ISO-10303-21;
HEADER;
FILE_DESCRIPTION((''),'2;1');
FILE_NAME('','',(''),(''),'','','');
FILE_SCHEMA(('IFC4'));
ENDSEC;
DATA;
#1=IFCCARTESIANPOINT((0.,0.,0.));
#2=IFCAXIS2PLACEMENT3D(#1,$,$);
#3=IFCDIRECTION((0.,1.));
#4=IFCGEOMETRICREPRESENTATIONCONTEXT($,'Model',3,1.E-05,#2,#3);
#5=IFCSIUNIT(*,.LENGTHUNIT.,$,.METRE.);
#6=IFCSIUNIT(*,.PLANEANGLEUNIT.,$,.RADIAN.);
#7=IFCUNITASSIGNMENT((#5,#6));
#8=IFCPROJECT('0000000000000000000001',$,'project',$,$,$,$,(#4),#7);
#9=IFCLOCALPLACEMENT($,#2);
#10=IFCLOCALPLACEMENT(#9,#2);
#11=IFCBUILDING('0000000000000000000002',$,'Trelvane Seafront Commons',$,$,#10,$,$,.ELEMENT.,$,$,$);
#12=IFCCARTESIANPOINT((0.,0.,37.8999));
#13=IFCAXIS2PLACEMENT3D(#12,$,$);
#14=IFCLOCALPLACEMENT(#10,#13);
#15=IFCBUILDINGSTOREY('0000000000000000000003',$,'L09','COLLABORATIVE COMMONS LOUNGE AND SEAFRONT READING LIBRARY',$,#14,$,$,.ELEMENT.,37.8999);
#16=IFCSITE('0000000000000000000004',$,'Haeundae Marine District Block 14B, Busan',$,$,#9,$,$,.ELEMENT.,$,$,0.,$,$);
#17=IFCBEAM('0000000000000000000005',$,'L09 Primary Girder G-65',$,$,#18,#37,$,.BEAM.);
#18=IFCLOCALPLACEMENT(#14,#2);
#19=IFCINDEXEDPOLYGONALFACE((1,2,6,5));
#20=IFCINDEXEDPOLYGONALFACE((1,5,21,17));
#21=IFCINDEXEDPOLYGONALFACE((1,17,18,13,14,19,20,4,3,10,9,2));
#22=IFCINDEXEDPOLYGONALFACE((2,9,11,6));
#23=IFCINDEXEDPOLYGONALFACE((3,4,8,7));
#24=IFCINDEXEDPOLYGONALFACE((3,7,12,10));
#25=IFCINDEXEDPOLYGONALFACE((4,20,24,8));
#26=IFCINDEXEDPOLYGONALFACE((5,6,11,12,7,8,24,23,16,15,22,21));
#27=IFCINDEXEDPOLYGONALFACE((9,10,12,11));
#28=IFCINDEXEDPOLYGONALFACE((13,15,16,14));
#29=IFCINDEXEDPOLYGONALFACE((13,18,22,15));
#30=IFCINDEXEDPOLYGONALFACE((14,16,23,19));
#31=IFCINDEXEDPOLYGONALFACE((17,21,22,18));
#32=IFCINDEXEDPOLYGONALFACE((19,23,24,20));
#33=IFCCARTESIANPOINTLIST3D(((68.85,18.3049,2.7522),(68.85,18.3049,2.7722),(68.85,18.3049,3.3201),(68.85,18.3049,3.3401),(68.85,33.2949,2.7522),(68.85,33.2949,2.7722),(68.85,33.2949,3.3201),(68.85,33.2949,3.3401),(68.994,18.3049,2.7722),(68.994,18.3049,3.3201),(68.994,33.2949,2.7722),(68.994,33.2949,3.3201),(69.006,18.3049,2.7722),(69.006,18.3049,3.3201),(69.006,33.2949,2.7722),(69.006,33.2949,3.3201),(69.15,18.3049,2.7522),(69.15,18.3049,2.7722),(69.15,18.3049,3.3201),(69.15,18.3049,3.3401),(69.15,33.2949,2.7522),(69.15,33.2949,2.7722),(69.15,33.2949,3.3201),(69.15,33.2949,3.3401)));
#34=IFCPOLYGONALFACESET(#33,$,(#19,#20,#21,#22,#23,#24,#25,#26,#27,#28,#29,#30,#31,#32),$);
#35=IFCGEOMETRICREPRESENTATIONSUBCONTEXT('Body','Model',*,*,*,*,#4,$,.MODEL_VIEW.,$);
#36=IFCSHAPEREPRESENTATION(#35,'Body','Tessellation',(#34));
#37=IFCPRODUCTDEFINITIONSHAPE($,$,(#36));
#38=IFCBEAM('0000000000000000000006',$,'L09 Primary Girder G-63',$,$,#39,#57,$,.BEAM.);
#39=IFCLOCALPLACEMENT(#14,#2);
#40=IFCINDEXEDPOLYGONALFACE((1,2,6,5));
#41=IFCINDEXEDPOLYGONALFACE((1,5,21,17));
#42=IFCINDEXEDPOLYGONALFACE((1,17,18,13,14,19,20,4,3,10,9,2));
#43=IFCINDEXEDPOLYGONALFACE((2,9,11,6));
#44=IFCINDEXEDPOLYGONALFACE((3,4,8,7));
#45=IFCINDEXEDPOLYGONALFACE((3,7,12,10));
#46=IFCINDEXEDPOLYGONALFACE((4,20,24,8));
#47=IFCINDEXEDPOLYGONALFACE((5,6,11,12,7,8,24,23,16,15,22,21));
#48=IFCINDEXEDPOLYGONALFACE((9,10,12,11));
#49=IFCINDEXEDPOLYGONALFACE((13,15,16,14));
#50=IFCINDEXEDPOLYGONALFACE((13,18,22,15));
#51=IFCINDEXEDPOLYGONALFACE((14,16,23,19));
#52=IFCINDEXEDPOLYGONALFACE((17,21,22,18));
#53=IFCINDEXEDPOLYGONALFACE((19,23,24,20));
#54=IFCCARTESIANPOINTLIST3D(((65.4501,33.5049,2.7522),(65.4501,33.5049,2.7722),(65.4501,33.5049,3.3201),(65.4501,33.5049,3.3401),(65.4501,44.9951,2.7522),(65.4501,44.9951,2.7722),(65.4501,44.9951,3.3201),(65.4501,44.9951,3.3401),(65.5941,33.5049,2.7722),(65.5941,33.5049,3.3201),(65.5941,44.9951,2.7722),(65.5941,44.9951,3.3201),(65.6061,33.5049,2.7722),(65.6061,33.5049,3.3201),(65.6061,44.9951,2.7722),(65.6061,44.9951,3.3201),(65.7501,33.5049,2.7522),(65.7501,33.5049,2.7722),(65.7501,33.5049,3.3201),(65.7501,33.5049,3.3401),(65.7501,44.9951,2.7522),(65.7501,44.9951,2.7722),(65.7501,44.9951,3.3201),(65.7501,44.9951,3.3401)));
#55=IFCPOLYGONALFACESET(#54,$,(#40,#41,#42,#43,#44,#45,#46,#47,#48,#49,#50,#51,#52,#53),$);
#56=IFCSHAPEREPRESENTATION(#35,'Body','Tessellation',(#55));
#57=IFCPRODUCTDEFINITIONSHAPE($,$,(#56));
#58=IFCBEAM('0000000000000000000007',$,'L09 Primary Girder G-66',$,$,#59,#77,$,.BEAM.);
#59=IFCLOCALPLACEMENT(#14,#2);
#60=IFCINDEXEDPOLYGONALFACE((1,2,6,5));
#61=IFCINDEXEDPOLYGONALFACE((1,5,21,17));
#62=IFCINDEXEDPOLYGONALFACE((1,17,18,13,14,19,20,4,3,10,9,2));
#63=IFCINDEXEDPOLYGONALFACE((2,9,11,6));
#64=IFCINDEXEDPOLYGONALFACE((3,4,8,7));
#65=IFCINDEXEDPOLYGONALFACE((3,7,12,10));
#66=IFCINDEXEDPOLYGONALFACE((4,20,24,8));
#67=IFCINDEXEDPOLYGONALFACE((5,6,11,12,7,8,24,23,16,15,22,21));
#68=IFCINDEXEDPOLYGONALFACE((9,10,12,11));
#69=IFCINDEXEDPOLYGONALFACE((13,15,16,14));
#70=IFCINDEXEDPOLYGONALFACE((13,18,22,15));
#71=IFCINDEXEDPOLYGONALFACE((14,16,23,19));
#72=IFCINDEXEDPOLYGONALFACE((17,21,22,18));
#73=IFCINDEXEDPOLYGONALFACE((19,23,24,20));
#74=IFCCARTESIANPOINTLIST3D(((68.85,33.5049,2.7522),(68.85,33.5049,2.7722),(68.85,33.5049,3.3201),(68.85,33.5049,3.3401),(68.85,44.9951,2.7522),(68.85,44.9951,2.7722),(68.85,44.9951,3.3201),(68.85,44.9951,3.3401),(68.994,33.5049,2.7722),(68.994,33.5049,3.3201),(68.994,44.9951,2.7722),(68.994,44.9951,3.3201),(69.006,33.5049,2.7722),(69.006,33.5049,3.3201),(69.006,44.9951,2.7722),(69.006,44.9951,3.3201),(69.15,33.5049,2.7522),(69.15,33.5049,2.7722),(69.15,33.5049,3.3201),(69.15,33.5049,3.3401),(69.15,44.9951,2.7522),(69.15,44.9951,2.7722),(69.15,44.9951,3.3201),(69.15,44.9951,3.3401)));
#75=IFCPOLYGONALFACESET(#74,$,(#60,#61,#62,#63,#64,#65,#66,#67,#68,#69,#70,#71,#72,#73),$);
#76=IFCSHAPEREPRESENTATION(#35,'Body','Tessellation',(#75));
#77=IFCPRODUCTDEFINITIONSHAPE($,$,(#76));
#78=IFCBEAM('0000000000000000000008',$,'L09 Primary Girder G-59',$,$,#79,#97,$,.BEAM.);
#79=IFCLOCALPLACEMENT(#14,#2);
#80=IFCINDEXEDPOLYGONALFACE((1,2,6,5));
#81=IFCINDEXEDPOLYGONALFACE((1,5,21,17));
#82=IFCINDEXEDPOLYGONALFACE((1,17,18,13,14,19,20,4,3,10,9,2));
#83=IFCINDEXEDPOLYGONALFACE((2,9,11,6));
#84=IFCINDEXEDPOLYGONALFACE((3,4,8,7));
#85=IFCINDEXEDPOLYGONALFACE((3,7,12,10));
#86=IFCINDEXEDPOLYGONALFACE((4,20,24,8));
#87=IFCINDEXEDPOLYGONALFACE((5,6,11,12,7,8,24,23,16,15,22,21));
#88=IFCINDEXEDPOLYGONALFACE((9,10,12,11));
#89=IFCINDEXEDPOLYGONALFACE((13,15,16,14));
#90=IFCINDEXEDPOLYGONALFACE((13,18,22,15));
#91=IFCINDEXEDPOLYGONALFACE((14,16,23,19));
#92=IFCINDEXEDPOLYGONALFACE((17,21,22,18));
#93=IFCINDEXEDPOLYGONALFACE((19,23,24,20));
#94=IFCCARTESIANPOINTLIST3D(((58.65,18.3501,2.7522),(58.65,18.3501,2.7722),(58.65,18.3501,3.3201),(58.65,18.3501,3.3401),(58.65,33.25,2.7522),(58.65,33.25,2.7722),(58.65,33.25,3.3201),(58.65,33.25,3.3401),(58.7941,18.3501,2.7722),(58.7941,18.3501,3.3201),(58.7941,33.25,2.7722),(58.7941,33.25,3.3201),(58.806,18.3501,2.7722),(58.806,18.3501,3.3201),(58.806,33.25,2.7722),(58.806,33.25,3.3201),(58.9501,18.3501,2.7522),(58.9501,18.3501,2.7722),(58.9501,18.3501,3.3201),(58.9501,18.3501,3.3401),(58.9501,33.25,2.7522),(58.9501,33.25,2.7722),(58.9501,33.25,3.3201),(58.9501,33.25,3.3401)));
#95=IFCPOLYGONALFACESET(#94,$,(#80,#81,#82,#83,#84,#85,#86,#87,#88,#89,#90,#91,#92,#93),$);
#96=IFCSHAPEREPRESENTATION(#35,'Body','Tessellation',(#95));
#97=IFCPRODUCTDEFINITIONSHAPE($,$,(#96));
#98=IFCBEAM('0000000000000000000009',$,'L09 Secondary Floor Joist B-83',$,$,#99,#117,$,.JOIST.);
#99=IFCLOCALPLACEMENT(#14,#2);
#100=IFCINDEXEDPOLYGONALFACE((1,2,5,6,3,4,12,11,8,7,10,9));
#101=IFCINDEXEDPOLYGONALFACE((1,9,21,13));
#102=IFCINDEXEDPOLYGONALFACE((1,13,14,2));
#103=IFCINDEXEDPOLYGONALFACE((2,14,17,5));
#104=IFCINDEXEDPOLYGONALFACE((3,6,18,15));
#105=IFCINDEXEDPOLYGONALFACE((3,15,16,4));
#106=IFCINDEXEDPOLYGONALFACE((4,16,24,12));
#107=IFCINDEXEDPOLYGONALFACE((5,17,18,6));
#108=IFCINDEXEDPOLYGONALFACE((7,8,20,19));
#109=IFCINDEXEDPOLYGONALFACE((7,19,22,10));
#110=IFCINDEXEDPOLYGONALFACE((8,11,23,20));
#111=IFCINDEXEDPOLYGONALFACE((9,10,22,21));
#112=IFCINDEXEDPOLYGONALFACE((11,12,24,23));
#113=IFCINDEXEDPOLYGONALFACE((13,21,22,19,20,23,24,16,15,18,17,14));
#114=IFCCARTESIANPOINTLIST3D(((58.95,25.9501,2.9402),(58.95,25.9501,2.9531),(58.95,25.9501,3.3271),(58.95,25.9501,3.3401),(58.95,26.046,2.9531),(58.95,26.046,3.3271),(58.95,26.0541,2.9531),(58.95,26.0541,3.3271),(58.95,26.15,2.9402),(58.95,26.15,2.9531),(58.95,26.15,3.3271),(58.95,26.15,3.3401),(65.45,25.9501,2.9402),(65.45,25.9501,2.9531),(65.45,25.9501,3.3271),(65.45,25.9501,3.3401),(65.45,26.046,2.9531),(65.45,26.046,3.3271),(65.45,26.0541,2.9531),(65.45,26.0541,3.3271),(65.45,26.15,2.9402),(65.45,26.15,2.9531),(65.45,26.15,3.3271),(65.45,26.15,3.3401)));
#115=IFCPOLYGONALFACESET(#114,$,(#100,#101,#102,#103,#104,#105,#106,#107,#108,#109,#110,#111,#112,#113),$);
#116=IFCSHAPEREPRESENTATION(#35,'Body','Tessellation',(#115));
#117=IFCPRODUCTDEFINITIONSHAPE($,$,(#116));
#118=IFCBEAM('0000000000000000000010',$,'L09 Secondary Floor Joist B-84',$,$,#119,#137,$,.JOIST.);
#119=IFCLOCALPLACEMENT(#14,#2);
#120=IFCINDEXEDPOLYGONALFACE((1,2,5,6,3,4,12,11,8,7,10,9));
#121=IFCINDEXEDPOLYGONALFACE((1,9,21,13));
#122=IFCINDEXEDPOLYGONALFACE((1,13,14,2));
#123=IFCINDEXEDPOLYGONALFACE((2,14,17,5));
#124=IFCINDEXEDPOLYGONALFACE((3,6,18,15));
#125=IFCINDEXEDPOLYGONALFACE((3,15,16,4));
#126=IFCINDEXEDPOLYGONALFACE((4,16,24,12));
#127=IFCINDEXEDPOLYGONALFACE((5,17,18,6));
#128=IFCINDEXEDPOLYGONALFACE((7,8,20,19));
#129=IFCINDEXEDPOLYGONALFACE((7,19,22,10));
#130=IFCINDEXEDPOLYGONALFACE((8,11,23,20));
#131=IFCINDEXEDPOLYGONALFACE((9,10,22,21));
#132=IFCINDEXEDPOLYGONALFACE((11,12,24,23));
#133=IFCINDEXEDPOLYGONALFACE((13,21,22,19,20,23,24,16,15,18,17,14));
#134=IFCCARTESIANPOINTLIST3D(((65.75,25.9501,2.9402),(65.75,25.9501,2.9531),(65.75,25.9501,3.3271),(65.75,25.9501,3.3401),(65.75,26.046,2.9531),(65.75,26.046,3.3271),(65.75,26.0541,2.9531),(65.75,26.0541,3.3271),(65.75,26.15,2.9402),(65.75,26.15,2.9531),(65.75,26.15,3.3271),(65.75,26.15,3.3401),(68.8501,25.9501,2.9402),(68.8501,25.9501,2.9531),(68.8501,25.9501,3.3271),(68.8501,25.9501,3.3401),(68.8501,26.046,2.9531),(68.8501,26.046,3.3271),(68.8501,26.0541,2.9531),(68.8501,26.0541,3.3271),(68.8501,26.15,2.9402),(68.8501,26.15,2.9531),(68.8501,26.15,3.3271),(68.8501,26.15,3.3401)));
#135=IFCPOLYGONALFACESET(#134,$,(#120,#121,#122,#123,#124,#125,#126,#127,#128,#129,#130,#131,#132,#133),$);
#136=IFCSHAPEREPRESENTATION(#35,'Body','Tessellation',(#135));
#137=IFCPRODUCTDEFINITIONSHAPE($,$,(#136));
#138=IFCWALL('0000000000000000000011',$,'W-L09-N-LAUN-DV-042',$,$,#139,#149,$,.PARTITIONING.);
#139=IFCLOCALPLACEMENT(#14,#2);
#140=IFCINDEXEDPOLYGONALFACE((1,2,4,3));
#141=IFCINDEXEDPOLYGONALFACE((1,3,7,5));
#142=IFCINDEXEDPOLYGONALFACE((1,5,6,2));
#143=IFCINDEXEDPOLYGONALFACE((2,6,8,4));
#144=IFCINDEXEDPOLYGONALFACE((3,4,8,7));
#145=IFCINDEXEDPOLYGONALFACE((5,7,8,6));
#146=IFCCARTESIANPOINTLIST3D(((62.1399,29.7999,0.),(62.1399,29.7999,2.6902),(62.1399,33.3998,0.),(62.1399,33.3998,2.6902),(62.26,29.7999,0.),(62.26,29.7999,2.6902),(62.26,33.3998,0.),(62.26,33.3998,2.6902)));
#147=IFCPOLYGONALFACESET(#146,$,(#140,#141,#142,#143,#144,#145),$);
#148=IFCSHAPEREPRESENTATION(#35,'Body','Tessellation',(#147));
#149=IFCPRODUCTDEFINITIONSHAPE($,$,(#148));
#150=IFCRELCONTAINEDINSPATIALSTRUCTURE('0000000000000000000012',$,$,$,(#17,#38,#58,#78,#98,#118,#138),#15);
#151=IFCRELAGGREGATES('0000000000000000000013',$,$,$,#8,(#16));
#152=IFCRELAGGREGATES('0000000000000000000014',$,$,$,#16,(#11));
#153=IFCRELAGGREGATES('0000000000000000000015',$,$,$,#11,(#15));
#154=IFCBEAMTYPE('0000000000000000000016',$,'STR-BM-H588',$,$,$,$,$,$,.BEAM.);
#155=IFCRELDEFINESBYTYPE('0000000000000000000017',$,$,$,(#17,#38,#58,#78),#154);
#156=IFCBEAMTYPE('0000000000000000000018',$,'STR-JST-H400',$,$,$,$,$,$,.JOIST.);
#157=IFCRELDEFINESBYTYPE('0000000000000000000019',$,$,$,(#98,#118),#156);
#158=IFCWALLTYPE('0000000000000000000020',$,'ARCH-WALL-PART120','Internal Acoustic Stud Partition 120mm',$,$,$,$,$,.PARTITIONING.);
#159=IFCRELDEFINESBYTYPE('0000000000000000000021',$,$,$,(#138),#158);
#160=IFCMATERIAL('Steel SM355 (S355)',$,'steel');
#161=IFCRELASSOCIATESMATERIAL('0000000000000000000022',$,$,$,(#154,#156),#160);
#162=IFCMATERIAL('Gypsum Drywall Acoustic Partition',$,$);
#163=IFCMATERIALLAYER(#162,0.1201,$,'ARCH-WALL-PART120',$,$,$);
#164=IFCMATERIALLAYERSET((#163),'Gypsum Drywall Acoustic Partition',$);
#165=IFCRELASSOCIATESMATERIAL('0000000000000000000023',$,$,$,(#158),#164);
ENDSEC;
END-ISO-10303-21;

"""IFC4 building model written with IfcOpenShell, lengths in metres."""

from ifc_helpers import new_model, si_unit, direction, frame, frame_2d, origin, origin_2d, place, context, subcontext, project, spatial, rectangle, i_section, extrude, source, transform, mapped, material, layer, layer_set, material_profile, profile_set, type_object, element, save


model = new_model("IFC4")

# Units and contexts
model_context = context("Model", 3, precision=1e-05, world=origin(), true_north=direction((0.0, 1.0)))
body_context = subcontext(model_context, "Body", "Model", "MODEL_VIEW")
ifc_project = project(units=[si_unit("LENGTHUNIT", "METRE"), si_unit("PLANEANGLEUNIT", "RADIAN")], contexts=[model_context])

# Site, building, storey
site_placement = place(None, origin())
site = spatial("IfcSite", under=ifc_project, at=site_placement, Name="Haeundae Marine District Block 14B, Busan", CompositionType="ELEMENT", RefElevation=0.0)
building_placement = place(site_placement, origin())
building = spatial("IfcBuilding", under=site, at=building_placement, Name="Trelvane Seafront Commons", CompositionType="ELEMENT")
storey_placement = place(building_placement, frame((0.0, 0.0, 37.8999)))
storey = spatial("IfcBuildingStorey", under=building, at=storey_placement, Name="L09", Description="COLLABORATIVE COMMONS LOUNGE AND SEAFRONT READING LIBRARY", CompositionType="ELEMENT", Elevation=37.8999)

# Shared definitions
ifc_material_1 = material(Name="Steel SM355 (S355)", Category="steel")

# Beams
ifc_material_profile_1 = material_profile(ifc_material_1, i_section(OverallWidth=0.3, OverallDepth=0.5879, WebThickness=0.012, FlangeThickness=0.02, at=origin_2d()), Name="H-588x300x12x20")
ifc_profile_set_1 = profile_set([ifc_material_profile_1], Name="Steel SM355 (S355)")
beam_type_1 = type_object("IfcBeamType", Name="STR-BM-H588", PredefinedType="BEAM", material=ifc_profile_set_1)
shared_shape_1 = source(origin(), body_context, "Body", "SweptSolid", [
    extrude(i_section(OverallWidth=0.3, OverallDepth=0.5879, WebThickness=0.012, FlangeThickness=0.02, at=origin_2d()), origin(), (0.0, 0.0, 1.0), 14.99),
])
for number, where, z_axis, x_axis, name in (
    (1, (69.0, 18.3049, 3.0461), (0.0, 1.0, 0.0), (-1.0, 0.0, 0.0), "L09 Primary Girder G-65"),
):
    element("IfcBeam", number, at=place(storey_placement, frame(where, z_axis=z_axis, x_axis=x_axis)), inside=storey, type_object=beam_type_1, Name=name, PredefinedType="BEAM", context=body_context, shape_type="MappedRepresentation", body=[
        mapped(shared_shape_1, transform((0.0, 0.0, 0.0), x_axis=(1.0, 0.0, 0.0), y_axis=(0.0, 1.0, 0.0), z_axis=(0.0, 0.0, 1.0), scale=1.0)),
    ])
shared_shape_2 = source(origin(), body_context, "Body", "SweptSolid", [
    extrude(i_section(OverallWidth=0.3, OverallDepth=0.5879, WebThickness=0.012, FlangeThickness=0.02, at=origin_2d()), origin(), (0.0, 0.0, 1.0), 11.4902),
])
for number, where, z_axis, x_axis, name in (
    (2, (65.6001, 33.5049, 3.0461), (0.0, 1.0, 0.0), (-1.0, 0.0, 0.0), "L09 Primary Girder G-63"),
    (3, (69.0, 33.5049, 3.0461), (0.0, 1.0, 0.0), (-1.0, 0.0, 0.0), "L09 Primary Girder G-66"),
):
    element("IfcBeam", number, at=place(storey_placement, frame(where, z_axis=z_axis, x_axis=x_axis)), inside=storey, type_object=beam_type_1, Name=name, PredefinedType="BEAM", context=body_context, shape_type="MappedRepresentation", body=[
        mapped(shared_shape_2, transform((0.0, 0.0, 0.0), x_axis=(1.0, 0.0, 0.0), y_axis=(0.0, 1.0, 0.0), z_axis=(0.0, 0.0, 1.0), scale=1.0)),
    ])
shared_shape_3 = source(origin(), body_context, "Body", "SweptSolid", [
    extrude(i_section(OverallWidth=0.3, OverallDepth=0.5879, WebThickness=0.012, FlangeThickness=0.02, at=origin_2d()), origin(), (0.0, 0.0, 1.0), 14.8999),
])
beam_1_placement = place(storey_placement, frame((58.8, 18.3501, 3.0461), z_axis=(0.0, 1.0, 0.0), x_axis=(-1.0, 0.0, 0.0)))
element("IfcBeam", 4, at=beam_1_placement, inside=storey, type_object=beam_type_1, Name="L09 Primary Girder G-59", PredefinedType="BEAM", context=body_context, shape_type="MappedRepresentation", body=[
    mapped(shared_shape_3, transform((0.0, 0.0, 0.0), x_axis=(1.0, 0.0, 0.0), y_axis=(0.0, 1.0, 0.0), z_axis=(0.0, 0.0, 1.0), scale=1.0)),
])
ifc_material_profile_2 = material_profile(ifc_material_1, i_section(OverallWidth=0.2, OverallDepth=0.3999, WebThickness=0.0081, FlangeThickness=0.0129, at=origin_2d()), Name="H-400x200x8x13")
ifc_profile_set_2 = profile_set([ifc_material_profile_2], Name="Steel SM355 (S355)")
beam_type_2 = type_object("IfcBeamType", Name="STR-JST-H400", PredefinedType="JOIST", material=ifc_profile_set_2)
shared_shape_4 = source(origin(), body_context, "Body", "SweptSolid", [
    extrude(i_section(OverallWidth=0.2, OverallDepth=0.3999, WebThickness=0.0081, FlangeThickness=0.0129, at=origin_2d()), origin(), (0.0, 0.0, 1.0), 6.5),
])
beam_2_placement = place(storey_placement, frame((58.95, 26.05, 3.1401), z_axis=(1.0, 0.0, 0.0), x_axis=(0.0, 1.0, 0.0)))
element("IfcBeam", 5, at=beam_2_placement, inside=storey, type_object=beam_type_2, Name="L09 Secondary Floor Joist B-83", PredefinedType="JOIST", context=body_context, shape_type="MappedRepresentation", body=[
    mapped(shared_shape_4, transform((0.0, 0.0, 0.0), x_axis=(1.0, 0.0, 0.0), y_axis=(0.0, 1.0, 0.0), z_axis=(0.0, 0.0, 1.0), scale=1.0)),
])
shared_shape_5 = source(origin(), body_context, "Body", "SweptSolid", [
    extrude(i_section(OverallWidth=0.2, OverallDepth=0.3999, WebThickness=0.0081, FlangeThickness=0.0129, at=origin_2d()), origin(), (0.0, 0.0, 1.0), 3.1001),
])
beam_3_placement = place(storey_placement, frame((65.75, 26.05, 3.1401), z_axis=(1.0, 0.0, 0.0), x_axis=(0.0, 1.0, 0.0)))
element("IfcBeam", 6, at=beam_3_placement, inside=storey, type_object=beam_type_2, Name="L09 Secondary Floor Joist B-84", PredefinedType="JOIST", context=body_context, shape_type="MappedRepresentation", body=[
    mapped(shared_shape_5, transform((0.0, 0.0, 0.0), x_axis=(1.0, 0.0, 0.0), y_axis=(0.0, 1.0, 0.0), z_axis=(0.0, 0.0, 1.0), scale=1.0)),
])

# Wall
ifc_material_2 = material(Name="Gypsum Drywall Acoustic Partition")
ifc_layer_1 = layer(ifc_material_2, 0.1201, Name="ARCH-WALL-PART120")
ifc_layer_set_1 = layer_set([ifc_layer_1], Name="Gypsum Drywall Acoustic Partition")
wall_type_1 = type_object("IfcWallType", Name="ARCH-WALL-PART120", Description="Internal Acoustic Stud Partition 120mm", PredefinedType="PARTITIONING", material=ifc_layer_set_1)
wall_1_placement = place(storey_placement, frame((62.2, 29.8, 0.0), z_axis=(0.0, 0.0, 1.0), x_axis=(0.0, 1.0, 0.0)))
element("IfcWall", 7, at=wall_1_placement, inside=storey, type_object=wall_type_1, Name="W-L09-N-LAUN-DV-042", PredefinedType="PARTITIONING", context=body_context, shape_type="SweptSolid", body=[
    extrude(rectangle(XDim=3.5999, YDim=0.1201, at=frame_2d((1.7998, 0.0))), origin(), (0.0, 0.0, 1.0), 2.6902),
])

save(model, "model.ifc")
